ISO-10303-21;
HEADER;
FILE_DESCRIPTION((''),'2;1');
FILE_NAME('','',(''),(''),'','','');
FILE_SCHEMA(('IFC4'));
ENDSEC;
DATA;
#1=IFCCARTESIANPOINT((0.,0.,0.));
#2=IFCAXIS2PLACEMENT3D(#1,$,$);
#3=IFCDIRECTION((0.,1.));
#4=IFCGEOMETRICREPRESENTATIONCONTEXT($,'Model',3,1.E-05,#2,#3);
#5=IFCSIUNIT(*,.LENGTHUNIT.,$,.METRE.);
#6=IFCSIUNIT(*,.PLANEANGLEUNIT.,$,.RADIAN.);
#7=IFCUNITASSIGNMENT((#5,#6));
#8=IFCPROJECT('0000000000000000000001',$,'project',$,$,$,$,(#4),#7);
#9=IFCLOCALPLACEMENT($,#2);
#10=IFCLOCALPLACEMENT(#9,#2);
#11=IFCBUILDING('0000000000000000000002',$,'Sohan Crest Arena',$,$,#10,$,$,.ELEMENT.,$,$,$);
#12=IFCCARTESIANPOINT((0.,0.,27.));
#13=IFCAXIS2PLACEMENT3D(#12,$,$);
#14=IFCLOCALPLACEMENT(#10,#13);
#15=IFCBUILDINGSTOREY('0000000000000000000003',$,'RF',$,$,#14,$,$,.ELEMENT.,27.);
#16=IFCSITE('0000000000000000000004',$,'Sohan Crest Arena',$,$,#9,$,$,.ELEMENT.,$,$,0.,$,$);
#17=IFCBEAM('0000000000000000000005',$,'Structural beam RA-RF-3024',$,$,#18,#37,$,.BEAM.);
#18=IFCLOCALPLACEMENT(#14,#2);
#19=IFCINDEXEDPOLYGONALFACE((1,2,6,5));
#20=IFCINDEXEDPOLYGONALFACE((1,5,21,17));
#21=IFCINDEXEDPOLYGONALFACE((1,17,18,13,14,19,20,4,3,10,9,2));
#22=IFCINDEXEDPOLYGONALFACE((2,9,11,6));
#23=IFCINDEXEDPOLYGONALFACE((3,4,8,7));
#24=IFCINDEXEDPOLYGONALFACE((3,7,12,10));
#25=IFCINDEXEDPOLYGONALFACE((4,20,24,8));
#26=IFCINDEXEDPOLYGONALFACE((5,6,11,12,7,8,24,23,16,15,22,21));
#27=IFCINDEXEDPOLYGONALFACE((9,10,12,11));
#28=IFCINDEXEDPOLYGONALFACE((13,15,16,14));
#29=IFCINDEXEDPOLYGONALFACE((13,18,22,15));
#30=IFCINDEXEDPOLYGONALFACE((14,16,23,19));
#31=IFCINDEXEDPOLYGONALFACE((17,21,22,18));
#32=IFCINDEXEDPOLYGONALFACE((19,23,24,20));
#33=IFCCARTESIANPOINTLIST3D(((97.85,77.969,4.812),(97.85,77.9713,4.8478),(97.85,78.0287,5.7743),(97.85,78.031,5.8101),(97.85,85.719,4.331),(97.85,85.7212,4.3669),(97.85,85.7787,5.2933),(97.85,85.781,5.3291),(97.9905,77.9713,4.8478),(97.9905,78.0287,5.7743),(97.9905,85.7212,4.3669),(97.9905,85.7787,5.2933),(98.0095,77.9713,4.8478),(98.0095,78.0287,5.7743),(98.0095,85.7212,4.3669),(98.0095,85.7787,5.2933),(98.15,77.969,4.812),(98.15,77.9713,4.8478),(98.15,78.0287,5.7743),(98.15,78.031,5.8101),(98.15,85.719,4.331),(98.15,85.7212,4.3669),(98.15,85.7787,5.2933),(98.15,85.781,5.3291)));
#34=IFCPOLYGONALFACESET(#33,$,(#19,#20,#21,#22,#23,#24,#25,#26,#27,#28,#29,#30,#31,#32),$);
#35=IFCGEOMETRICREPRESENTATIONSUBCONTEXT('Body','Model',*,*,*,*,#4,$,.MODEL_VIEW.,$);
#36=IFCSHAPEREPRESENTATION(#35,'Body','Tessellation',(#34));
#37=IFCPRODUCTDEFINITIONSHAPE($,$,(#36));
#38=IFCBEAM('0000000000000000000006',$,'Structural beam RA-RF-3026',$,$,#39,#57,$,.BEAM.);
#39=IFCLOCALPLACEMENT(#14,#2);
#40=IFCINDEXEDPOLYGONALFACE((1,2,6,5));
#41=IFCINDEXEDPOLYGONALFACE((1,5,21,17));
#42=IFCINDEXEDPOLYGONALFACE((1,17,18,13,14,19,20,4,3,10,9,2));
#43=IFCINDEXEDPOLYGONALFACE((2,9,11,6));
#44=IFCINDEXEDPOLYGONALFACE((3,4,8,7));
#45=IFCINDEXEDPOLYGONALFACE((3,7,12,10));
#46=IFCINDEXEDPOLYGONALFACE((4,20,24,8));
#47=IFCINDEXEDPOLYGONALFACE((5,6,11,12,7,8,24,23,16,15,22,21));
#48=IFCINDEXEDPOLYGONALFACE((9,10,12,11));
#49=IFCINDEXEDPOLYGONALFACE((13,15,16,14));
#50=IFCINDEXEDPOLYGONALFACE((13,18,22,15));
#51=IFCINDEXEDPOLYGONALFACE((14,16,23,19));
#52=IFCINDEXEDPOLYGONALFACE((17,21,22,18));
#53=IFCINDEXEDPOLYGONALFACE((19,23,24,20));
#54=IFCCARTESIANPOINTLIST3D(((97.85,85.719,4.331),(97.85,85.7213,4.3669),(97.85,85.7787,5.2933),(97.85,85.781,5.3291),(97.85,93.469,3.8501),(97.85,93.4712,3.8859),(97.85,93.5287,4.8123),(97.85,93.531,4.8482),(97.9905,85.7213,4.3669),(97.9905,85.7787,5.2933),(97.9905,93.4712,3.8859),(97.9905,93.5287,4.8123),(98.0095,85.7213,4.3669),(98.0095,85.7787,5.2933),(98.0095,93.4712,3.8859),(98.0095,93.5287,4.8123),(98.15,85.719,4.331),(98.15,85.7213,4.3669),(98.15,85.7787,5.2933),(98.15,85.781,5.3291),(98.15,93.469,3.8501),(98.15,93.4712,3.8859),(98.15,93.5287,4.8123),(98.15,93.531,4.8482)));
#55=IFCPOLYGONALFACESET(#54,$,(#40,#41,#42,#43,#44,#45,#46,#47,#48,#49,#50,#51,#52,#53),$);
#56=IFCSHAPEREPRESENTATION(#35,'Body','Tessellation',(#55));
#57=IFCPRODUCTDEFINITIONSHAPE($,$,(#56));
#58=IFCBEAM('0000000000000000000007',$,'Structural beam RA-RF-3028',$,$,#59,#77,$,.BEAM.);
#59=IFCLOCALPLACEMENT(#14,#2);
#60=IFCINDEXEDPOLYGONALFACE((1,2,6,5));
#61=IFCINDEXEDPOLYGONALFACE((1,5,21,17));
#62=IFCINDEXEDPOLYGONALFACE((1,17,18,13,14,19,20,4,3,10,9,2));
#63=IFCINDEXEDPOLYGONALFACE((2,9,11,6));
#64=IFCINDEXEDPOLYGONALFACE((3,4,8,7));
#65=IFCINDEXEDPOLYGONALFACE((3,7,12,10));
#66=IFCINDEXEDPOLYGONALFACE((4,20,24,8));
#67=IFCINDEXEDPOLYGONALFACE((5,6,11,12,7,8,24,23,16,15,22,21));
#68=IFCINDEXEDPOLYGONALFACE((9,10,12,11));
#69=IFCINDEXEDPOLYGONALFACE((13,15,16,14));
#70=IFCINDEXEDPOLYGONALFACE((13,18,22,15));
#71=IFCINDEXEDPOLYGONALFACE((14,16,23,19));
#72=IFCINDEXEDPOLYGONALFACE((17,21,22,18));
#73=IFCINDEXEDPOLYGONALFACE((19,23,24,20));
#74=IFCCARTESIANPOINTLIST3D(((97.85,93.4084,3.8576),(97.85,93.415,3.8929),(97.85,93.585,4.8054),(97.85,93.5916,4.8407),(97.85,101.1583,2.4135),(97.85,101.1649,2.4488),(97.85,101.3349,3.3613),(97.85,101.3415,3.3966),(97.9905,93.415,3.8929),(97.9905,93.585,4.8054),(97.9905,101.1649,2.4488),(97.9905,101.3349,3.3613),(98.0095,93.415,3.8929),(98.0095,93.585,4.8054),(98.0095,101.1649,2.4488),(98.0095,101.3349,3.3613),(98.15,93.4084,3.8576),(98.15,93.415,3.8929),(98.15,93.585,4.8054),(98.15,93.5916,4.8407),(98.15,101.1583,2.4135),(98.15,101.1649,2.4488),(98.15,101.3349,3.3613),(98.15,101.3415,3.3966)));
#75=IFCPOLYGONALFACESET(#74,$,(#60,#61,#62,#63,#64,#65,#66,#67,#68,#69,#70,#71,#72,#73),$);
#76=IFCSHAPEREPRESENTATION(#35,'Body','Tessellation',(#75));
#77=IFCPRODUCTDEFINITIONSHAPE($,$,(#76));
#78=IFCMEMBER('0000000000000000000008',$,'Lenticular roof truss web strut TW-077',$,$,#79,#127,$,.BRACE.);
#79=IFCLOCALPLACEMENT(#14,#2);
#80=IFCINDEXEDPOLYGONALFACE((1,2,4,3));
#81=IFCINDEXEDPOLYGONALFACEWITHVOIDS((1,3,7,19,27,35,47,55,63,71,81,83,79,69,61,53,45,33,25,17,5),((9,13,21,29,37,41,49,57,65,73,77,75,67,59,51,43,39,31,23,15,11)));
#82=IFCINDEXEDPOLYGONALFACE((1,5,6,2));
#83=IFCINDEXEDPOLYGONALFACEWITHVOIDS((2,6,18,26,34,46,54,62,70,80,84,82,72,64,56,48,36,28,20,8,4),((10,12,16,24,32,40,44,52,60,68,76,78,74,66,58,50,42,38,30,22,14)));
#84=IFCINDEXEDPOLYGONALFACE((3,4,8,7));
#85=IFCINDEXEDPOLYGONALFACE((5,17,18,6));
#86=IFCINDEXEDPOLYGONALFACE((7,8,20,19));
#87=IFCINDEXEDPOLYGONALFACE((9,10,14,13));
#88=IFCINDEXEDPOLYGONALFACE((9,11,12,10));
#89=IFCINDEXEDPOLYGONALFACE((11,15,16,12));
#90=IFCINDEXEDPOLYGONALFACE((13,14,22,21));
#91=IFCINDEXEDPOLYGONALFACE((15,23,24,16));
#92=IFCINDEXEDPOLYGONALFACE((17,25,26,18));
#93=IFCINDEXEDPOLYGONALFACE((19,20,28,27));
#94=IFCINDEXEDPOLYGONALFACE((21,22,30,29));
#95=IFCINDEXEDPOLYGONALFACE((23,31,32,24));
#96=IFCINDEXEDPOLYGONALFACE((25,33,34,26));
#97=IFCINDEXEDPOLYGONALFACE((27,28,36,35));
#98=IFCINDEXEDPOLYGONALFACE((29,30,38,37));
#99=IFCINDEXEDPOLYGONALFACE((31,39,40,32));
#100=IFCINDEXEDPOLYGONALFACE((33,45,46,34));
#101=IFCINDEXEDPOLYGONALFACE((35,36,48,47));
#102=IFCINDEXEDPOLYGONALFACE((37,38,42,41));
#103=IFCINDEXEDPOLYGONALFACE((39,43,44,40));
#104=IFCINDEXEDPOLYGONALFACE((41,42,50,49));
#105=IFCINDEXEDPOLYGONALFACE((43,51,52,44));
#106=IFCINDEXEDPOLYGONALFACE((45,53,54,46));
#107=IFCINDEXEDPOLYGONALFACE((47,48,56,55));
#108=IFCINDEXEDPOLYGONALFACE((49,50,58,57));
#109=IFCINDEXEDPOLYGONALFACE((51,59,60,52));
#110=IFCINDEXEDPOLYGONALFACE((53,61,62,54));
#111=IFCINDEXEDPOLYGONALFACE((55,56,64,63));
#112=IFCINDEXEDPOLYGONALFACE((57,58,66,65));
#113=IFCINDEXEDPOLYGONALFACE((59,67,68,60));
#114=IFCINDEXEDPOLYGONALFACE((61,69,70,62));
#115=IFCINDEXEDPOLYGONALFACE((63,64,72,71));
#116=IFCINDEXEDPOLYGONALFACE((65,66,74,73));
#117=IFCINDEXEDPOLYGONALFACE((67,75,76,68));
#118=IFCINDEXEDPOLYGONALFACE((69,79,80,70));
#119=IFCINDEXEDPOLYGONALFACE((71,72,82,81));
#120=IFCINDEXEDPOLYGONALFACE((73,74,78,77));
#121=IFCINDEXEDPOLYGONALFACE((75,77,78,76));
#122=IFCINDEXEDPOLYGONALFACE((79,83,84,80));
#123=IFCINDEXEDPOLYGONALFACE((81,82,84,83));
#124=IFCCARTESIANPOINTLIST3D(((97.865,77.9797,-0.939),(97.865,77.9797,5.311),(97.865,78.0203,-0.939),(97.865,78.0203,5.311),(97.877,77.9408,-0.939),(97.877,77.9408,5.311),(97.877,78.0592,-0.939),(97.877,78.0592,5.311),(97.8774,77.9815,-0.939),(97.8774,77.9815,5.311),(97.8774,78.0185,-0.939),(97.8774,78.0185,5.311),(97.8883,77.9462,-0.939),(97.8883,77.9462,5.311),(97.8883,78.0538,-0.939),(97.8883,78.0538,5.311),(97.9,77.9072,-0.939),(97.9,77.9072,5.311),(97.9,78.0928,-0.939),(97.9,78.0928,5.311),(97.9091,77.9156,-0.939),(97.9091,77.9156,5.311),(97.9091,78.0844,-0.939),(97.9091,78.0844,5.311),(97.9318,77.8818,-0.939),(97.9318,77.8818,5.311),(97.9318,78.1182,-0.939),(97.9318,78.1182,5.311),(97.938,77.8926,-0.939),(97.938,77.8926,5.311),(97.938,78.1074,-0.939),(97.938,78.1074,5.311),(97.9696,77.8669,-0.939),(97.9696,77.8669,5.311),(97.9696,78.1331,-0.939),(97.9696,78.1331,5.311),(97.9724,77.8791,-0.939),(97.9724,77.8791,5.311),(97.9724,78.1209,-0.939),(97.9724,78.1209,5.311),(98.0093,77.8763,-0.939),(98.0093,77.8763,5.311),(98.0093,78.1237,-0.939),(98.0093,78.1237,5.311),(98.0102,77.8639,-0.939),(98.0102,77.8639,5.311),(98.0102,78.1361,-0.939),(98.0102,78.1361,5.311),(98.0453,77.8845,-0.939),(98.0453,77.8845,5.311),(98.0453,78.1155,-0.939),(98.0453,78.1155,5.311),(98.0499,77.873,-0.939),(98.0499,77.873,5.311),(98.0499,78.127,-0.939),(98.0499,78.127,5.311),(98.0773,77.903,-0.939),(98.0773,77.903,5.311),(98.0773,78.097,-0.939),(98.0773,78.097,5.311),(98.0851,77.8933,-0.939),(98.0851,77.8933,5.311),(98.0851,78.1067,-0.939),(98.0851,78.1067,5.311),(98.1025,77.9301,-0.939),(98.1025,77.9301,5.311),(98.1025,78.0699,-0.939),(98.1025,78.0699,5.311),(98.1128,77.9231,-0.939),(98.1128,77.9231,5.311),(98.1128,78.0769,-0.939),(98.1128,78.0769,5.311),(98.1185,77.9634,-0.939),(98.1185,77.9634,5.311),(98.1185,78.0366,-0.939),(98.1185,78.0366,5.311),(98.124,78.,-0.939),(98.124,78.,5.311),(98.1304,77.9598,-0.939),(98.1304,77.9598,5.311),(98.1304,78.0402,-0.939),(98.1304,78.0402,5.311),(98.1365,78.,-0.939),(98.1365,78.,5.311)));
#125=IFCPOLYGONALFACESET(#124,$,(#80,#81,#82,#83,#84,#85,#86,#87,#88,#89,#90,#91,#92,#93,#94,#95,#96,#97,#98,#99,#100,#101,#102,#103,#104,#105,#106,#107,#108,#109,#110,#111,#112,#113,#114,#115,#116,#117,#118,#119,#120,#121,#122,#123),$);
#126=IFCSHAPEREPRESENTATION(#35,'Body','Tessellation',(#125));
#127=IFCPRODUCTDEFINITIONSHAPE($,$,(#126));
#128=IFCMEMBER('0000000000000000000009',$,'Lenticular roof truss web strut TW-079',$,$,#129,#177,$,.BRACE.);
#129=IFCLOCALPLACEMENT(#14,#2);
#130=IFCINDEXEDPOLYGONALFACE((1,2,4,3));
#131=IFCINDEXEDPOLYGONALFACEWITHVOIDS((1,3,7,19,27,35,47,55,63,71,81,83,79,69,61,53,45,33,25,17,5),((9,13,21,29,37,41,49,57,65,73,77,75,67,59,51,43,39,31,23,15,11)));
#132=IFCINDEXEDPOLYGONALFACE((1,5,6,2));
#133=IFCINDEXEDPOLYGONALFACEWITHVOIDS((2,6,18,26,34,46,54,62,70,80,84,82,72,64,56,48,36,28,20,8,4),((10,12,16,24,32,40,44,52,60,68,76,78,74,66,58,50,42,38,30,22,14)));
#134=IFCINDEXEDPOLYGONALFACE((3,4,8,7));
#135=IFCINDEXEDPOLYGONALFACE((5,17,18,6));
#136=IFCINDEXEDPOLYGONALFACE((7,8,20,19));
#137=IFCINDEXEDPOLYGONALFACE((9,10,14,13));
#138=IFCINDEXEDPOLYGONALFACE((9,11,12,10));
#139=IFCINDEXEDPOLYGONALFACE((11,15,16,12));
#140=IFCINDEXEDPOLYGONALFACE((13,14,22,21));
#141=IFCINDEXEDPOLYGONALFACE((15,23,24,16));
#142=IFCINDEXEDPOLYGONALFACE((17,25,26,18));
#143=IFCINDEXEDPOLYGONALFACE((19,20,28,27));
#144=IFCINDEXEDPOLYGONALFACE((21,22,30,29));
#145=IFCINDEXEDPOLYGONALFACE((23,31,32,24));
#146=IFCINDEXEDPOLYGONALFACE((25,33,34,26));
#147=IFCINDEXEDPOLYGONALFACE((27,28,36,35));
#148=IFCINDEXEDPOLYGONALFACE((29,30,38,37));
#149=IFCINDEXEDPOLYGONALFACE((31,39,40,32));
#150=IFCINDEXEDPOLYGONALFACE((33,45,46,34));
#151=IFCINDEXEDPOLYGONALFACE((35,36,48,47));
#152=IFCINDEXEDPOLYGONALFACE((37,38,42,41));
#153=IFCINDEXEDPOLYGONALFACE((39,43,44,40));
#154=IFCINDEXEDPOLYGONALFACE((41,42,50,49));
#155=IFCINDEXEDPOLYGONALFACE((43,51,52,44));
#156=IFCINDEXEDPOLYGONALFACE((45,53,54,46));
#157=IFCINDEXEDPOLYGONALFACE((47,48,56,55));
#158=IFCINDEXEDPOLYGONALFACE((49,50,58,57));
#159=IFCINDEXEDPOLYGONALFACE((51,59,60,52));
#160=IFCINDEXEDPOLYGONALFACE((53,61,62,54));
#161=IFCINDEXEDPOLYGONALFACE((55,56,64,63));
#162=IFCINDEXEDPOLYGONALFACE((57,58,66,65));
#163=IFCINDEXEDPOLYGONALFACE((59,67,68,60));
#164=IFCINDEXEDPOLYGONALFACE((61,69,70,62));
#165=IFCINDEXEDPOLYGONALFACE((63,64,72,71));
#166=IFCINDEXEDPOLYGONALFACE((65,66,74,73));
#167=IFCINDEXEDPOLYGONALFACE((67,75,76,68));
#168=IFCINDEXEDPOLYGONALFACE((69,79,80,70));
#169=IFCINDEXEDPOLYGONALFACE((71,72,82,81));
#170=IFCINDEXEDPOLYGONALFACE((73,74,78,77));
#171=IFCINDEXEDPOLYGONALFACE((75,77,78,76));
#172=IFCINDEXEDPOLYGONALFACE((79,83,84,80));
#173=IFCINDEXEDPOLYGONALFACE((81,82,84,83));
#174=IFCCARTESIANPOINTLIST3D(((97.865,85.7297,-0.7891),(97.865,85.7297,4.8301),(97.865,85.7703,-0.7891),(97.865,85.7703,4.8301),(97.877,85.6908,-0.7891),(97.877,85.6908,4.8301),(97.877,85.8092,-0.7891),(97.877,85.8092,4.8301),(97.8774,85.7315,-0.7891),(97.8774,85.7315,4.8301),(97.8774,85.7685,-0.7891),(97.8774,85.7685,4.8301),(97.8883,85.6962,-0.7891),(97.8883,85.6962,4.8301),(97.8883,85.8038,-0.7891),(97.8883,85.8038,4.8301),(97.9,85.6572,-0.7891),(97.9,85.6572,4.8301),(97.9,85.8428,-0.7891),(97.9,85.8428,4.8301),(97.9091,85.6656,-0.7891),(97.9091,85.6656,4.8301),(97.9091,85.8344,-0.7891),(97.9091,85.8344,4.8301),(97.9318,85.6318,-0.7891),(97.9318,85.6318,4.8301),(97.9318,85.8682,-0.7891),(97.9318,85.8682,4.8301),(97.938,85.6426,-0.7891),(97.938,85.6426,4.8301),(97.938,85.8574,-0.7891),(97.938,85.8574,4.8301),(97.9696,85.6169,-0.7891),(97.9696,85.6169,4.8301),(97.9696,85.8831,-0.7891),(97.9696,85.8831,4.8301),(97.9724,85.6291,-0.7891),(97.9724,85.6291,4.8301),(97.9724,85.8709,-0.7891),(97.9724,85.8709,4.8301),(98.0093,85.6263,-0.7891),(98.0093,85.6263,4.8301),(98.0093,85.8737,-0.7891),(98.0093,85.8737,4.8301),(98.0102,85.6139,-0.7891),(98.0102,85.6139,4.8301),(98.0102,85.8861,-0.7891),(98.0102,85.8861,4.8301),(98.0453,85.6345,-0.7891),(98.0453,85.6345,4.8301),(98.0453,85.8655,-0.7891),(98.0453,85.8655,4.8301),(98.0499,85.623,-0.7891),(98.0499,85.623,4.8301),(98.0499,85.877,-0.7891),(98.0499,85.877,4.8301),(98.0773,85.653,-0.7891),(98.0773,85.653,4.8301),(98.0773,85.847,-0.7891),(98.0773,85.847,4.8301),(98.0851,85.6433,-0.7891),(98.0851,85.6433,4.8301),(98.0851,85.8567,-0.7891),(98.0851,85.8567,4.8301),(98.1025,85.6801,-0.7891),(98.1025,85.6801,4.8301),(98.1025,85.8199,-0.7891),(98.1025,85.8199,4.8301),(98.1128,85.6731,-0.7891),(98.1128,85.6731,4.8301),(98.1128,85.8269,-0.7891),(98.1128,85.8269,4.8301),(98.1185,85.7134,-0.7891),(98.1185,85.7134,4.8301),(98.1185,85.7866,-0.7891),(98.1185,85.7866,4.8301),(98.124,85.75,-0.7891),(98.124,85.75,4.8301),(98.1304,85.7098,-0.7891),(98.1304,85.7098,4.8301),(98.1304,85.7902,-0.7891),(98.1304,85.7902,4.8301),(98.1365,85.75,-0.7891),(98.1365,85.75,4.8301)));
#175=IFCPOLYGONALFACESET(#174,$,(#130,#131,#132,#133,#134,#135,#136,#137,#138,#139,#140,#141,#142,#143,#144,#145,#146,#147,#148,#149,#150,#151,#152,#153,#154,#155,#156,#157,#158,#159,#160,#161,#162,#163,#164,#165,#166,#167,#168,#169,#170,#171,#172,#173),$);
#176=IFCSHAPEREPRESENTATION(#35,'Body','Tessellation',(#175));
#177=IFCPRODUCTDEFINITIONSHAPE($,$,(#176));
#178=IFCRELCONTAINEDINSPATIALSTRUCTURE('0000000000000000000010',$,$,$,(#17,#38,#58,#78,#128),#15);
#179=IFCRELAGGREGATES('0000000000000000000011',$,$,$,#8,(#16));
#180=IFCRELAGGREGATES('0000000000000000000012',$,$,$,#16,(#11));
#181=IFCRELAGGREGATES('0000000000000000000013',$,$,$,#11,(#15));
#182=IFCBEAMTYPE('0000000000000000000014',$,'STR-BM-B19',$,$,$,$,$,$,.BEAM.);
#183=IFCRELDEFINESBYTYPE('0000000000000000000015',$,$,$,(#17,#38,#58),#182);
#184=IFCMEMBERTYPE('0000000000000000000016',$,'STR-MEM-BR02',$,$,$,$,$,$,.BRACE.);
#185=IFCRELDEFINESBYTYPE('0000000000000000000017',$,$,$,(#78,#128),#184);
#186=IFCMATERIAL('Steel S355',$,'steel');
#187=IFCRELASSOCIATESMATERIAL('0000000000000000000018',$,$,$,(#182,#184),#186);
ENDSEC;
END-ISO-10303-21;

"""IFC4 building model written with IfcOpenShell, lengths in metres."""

from ifc_helpers import new_model, si_unit, direction, frame, origin, origin_2d, place, context, subcontext, project, spatial, hollow_circle, i_section, extrude, material, material_profile, profile_set, type_object, element, save


model = new_model("IFC4")

# Units and contexts
model_context = context("Model", 3, precision=1e-05, world=origin(), true_north=direction((0.0, 1.0)))
body_context = subcontext(model_context, "Body", "Model", "MODEL_VIEW")
ifc_project = project(units=[si_unit("LENGTHUNIT", "METRE"), si_unit("PLANEANGLEUNIT", "RADIAN")], contexts=[model_context])

# Site, building, storey
site_placement = place(None, origin())
site = spatial("IfcSite", under=ifc_project, at=site_placement, Name="Sohan Crest Arena", CompositionType="ELEMENT", RefElevation=0.0)
building_placement = place(site_placement, origin())
building = spatial("IfcBuilding", under=site, at=building_placement, Name="Sohan Crest Arena", CompositionType="ELEMENT")
storey_placement = place(building_placement, frame((0.0, 0.0, 27.0)))
storey = spatial("IfcBuildingStorey", under=building, at=storey_placement, Name="RF", CompositionType="ELEMENT", Elevation=27.0)

# Beams
ifc_material_1 = material(Name="Steel S355", Category="steel")
ifc_material_profile_1 = material_profile(ifc_material_1, i_section(OverallWidth=0.3, OverallDepth=1.0, WebThickness=0.019, FlangeThickness=0.0359, at=origin_2d()), Name="HEB 1000")
ifc_profile_set_1 = profile_set([ifc_material_profile_1], Name="Steel S355")
beam_type_1 = type_object("IfcBeamType", Name="STR-BM-B19", PredefinedType="BEAM", material=ifc_profile_set_1)
for number, where, z_axis, x_axis, name in (
    (1, (98.0, 78.0, 5.311), (0.0, 0.99808, -0.06194), (-1.0, 0.0, 0.0), "Structural beam RA-RF-3024"),
    (2, (98.0, 85.75, 4.8301), (0.0, 0.99808, -0.06194), (-1.0, 0.0, 0.0), "Structural beam RA-RF-3026"),
):
    element("IfcBeam", number, at=place(storey_placement, frame(where, z_axis=z_axis, x_axis=x_axis)), inside=storey, type_object=beam_type_1, Name=name, PredefinedType="BEAM", context=body_context, shape_type="SweptSolid", body=[
        extrude(i_section(OverallWidth=0.3, OverallDepth=1.0, WebThickness=0.019, FlangeThickness=0.0359, at=origin_2d()), origin(), (0.0, 0.0, 1.0), 7.7649),
    ])
beam_1_placement = place(storey_placement, frame((98.0, 93.5, 4.3491), z_axis=(0.0, 0.983079, -0.183181), x_axis=(-1.0, 0.0, 0.0)))
element("IfcBeam", 3, at=beam_1_placement, inside=storey, type_object=beam_type_1, Name="Structural beam RA-RF-3028", PredefinedType="BEAM", context=body_context, shape_type="SweptSolid", body=[
    extrude(i_section(OverallWidth=0.3, OverallDepth=1.0, WebThickness=0.019, FlangeThickness=0.0359, at=origin_2d()), origin(), (0.0, 0.0, 1.0), 7.8833),
])

# Members
ifc_material_profile_2 = material_profile(ifc_material_1, hollow_circle(Radius=0.1365, WallThickness=0.0125, at=origin_2d()), Name="CHS 273x12.5")
ifc_profile_set_2 = profile_set([ifc_material_profile_2], Name="Steel S355")
member_type_1 = type_object("IfcMemberType", Name="STR-MEM-BR02", PredefinedType="BRACE", material=ifc_profile_set_2)
member_1_placement = place(storey_placement, frame((98.0, 78.0, -0.939), z_axis=(0.0, 0.0, 1.0), x_axis=(1.0, 0.0, 0.0)))
element("IfcMember", 4, at=member_1_placement, inside=storey, type_object=member_type_1, Name="Lenticular roof truss web strut TW-077", PredefinedType="BRACE", context=body_context, shape_type="SweptSolid", body=[
    extrude(hollow_circle(Radius=0.1365, WallThickness=0.0125, at=origin_2d()), origin(), (0.0, 0.0, 1.0), 6.25),
])
member_2_placement = place(storey_placement, frame((98.0, 85.75, -0.7891), z_axis=(0.0, 0.0, 1.0), x_axis=(1.0, 0.0, 0.0)))
element("IfcMember", 5, at=member_2_placement, inside=storey, type_object=member_type_1, Name="Lenticular roof truss web strut TW-079", PredefinedType="BRACE", context=body_context, shape_type="SweptSolid", body=[
    extrude(hollow_circle(Radius=0.1365, WallThickness=0.0125, at=origin_2d()), origin(), (0.0, 0.0, 1.0), 5.6191),
])

save(model, "model.ifc")
